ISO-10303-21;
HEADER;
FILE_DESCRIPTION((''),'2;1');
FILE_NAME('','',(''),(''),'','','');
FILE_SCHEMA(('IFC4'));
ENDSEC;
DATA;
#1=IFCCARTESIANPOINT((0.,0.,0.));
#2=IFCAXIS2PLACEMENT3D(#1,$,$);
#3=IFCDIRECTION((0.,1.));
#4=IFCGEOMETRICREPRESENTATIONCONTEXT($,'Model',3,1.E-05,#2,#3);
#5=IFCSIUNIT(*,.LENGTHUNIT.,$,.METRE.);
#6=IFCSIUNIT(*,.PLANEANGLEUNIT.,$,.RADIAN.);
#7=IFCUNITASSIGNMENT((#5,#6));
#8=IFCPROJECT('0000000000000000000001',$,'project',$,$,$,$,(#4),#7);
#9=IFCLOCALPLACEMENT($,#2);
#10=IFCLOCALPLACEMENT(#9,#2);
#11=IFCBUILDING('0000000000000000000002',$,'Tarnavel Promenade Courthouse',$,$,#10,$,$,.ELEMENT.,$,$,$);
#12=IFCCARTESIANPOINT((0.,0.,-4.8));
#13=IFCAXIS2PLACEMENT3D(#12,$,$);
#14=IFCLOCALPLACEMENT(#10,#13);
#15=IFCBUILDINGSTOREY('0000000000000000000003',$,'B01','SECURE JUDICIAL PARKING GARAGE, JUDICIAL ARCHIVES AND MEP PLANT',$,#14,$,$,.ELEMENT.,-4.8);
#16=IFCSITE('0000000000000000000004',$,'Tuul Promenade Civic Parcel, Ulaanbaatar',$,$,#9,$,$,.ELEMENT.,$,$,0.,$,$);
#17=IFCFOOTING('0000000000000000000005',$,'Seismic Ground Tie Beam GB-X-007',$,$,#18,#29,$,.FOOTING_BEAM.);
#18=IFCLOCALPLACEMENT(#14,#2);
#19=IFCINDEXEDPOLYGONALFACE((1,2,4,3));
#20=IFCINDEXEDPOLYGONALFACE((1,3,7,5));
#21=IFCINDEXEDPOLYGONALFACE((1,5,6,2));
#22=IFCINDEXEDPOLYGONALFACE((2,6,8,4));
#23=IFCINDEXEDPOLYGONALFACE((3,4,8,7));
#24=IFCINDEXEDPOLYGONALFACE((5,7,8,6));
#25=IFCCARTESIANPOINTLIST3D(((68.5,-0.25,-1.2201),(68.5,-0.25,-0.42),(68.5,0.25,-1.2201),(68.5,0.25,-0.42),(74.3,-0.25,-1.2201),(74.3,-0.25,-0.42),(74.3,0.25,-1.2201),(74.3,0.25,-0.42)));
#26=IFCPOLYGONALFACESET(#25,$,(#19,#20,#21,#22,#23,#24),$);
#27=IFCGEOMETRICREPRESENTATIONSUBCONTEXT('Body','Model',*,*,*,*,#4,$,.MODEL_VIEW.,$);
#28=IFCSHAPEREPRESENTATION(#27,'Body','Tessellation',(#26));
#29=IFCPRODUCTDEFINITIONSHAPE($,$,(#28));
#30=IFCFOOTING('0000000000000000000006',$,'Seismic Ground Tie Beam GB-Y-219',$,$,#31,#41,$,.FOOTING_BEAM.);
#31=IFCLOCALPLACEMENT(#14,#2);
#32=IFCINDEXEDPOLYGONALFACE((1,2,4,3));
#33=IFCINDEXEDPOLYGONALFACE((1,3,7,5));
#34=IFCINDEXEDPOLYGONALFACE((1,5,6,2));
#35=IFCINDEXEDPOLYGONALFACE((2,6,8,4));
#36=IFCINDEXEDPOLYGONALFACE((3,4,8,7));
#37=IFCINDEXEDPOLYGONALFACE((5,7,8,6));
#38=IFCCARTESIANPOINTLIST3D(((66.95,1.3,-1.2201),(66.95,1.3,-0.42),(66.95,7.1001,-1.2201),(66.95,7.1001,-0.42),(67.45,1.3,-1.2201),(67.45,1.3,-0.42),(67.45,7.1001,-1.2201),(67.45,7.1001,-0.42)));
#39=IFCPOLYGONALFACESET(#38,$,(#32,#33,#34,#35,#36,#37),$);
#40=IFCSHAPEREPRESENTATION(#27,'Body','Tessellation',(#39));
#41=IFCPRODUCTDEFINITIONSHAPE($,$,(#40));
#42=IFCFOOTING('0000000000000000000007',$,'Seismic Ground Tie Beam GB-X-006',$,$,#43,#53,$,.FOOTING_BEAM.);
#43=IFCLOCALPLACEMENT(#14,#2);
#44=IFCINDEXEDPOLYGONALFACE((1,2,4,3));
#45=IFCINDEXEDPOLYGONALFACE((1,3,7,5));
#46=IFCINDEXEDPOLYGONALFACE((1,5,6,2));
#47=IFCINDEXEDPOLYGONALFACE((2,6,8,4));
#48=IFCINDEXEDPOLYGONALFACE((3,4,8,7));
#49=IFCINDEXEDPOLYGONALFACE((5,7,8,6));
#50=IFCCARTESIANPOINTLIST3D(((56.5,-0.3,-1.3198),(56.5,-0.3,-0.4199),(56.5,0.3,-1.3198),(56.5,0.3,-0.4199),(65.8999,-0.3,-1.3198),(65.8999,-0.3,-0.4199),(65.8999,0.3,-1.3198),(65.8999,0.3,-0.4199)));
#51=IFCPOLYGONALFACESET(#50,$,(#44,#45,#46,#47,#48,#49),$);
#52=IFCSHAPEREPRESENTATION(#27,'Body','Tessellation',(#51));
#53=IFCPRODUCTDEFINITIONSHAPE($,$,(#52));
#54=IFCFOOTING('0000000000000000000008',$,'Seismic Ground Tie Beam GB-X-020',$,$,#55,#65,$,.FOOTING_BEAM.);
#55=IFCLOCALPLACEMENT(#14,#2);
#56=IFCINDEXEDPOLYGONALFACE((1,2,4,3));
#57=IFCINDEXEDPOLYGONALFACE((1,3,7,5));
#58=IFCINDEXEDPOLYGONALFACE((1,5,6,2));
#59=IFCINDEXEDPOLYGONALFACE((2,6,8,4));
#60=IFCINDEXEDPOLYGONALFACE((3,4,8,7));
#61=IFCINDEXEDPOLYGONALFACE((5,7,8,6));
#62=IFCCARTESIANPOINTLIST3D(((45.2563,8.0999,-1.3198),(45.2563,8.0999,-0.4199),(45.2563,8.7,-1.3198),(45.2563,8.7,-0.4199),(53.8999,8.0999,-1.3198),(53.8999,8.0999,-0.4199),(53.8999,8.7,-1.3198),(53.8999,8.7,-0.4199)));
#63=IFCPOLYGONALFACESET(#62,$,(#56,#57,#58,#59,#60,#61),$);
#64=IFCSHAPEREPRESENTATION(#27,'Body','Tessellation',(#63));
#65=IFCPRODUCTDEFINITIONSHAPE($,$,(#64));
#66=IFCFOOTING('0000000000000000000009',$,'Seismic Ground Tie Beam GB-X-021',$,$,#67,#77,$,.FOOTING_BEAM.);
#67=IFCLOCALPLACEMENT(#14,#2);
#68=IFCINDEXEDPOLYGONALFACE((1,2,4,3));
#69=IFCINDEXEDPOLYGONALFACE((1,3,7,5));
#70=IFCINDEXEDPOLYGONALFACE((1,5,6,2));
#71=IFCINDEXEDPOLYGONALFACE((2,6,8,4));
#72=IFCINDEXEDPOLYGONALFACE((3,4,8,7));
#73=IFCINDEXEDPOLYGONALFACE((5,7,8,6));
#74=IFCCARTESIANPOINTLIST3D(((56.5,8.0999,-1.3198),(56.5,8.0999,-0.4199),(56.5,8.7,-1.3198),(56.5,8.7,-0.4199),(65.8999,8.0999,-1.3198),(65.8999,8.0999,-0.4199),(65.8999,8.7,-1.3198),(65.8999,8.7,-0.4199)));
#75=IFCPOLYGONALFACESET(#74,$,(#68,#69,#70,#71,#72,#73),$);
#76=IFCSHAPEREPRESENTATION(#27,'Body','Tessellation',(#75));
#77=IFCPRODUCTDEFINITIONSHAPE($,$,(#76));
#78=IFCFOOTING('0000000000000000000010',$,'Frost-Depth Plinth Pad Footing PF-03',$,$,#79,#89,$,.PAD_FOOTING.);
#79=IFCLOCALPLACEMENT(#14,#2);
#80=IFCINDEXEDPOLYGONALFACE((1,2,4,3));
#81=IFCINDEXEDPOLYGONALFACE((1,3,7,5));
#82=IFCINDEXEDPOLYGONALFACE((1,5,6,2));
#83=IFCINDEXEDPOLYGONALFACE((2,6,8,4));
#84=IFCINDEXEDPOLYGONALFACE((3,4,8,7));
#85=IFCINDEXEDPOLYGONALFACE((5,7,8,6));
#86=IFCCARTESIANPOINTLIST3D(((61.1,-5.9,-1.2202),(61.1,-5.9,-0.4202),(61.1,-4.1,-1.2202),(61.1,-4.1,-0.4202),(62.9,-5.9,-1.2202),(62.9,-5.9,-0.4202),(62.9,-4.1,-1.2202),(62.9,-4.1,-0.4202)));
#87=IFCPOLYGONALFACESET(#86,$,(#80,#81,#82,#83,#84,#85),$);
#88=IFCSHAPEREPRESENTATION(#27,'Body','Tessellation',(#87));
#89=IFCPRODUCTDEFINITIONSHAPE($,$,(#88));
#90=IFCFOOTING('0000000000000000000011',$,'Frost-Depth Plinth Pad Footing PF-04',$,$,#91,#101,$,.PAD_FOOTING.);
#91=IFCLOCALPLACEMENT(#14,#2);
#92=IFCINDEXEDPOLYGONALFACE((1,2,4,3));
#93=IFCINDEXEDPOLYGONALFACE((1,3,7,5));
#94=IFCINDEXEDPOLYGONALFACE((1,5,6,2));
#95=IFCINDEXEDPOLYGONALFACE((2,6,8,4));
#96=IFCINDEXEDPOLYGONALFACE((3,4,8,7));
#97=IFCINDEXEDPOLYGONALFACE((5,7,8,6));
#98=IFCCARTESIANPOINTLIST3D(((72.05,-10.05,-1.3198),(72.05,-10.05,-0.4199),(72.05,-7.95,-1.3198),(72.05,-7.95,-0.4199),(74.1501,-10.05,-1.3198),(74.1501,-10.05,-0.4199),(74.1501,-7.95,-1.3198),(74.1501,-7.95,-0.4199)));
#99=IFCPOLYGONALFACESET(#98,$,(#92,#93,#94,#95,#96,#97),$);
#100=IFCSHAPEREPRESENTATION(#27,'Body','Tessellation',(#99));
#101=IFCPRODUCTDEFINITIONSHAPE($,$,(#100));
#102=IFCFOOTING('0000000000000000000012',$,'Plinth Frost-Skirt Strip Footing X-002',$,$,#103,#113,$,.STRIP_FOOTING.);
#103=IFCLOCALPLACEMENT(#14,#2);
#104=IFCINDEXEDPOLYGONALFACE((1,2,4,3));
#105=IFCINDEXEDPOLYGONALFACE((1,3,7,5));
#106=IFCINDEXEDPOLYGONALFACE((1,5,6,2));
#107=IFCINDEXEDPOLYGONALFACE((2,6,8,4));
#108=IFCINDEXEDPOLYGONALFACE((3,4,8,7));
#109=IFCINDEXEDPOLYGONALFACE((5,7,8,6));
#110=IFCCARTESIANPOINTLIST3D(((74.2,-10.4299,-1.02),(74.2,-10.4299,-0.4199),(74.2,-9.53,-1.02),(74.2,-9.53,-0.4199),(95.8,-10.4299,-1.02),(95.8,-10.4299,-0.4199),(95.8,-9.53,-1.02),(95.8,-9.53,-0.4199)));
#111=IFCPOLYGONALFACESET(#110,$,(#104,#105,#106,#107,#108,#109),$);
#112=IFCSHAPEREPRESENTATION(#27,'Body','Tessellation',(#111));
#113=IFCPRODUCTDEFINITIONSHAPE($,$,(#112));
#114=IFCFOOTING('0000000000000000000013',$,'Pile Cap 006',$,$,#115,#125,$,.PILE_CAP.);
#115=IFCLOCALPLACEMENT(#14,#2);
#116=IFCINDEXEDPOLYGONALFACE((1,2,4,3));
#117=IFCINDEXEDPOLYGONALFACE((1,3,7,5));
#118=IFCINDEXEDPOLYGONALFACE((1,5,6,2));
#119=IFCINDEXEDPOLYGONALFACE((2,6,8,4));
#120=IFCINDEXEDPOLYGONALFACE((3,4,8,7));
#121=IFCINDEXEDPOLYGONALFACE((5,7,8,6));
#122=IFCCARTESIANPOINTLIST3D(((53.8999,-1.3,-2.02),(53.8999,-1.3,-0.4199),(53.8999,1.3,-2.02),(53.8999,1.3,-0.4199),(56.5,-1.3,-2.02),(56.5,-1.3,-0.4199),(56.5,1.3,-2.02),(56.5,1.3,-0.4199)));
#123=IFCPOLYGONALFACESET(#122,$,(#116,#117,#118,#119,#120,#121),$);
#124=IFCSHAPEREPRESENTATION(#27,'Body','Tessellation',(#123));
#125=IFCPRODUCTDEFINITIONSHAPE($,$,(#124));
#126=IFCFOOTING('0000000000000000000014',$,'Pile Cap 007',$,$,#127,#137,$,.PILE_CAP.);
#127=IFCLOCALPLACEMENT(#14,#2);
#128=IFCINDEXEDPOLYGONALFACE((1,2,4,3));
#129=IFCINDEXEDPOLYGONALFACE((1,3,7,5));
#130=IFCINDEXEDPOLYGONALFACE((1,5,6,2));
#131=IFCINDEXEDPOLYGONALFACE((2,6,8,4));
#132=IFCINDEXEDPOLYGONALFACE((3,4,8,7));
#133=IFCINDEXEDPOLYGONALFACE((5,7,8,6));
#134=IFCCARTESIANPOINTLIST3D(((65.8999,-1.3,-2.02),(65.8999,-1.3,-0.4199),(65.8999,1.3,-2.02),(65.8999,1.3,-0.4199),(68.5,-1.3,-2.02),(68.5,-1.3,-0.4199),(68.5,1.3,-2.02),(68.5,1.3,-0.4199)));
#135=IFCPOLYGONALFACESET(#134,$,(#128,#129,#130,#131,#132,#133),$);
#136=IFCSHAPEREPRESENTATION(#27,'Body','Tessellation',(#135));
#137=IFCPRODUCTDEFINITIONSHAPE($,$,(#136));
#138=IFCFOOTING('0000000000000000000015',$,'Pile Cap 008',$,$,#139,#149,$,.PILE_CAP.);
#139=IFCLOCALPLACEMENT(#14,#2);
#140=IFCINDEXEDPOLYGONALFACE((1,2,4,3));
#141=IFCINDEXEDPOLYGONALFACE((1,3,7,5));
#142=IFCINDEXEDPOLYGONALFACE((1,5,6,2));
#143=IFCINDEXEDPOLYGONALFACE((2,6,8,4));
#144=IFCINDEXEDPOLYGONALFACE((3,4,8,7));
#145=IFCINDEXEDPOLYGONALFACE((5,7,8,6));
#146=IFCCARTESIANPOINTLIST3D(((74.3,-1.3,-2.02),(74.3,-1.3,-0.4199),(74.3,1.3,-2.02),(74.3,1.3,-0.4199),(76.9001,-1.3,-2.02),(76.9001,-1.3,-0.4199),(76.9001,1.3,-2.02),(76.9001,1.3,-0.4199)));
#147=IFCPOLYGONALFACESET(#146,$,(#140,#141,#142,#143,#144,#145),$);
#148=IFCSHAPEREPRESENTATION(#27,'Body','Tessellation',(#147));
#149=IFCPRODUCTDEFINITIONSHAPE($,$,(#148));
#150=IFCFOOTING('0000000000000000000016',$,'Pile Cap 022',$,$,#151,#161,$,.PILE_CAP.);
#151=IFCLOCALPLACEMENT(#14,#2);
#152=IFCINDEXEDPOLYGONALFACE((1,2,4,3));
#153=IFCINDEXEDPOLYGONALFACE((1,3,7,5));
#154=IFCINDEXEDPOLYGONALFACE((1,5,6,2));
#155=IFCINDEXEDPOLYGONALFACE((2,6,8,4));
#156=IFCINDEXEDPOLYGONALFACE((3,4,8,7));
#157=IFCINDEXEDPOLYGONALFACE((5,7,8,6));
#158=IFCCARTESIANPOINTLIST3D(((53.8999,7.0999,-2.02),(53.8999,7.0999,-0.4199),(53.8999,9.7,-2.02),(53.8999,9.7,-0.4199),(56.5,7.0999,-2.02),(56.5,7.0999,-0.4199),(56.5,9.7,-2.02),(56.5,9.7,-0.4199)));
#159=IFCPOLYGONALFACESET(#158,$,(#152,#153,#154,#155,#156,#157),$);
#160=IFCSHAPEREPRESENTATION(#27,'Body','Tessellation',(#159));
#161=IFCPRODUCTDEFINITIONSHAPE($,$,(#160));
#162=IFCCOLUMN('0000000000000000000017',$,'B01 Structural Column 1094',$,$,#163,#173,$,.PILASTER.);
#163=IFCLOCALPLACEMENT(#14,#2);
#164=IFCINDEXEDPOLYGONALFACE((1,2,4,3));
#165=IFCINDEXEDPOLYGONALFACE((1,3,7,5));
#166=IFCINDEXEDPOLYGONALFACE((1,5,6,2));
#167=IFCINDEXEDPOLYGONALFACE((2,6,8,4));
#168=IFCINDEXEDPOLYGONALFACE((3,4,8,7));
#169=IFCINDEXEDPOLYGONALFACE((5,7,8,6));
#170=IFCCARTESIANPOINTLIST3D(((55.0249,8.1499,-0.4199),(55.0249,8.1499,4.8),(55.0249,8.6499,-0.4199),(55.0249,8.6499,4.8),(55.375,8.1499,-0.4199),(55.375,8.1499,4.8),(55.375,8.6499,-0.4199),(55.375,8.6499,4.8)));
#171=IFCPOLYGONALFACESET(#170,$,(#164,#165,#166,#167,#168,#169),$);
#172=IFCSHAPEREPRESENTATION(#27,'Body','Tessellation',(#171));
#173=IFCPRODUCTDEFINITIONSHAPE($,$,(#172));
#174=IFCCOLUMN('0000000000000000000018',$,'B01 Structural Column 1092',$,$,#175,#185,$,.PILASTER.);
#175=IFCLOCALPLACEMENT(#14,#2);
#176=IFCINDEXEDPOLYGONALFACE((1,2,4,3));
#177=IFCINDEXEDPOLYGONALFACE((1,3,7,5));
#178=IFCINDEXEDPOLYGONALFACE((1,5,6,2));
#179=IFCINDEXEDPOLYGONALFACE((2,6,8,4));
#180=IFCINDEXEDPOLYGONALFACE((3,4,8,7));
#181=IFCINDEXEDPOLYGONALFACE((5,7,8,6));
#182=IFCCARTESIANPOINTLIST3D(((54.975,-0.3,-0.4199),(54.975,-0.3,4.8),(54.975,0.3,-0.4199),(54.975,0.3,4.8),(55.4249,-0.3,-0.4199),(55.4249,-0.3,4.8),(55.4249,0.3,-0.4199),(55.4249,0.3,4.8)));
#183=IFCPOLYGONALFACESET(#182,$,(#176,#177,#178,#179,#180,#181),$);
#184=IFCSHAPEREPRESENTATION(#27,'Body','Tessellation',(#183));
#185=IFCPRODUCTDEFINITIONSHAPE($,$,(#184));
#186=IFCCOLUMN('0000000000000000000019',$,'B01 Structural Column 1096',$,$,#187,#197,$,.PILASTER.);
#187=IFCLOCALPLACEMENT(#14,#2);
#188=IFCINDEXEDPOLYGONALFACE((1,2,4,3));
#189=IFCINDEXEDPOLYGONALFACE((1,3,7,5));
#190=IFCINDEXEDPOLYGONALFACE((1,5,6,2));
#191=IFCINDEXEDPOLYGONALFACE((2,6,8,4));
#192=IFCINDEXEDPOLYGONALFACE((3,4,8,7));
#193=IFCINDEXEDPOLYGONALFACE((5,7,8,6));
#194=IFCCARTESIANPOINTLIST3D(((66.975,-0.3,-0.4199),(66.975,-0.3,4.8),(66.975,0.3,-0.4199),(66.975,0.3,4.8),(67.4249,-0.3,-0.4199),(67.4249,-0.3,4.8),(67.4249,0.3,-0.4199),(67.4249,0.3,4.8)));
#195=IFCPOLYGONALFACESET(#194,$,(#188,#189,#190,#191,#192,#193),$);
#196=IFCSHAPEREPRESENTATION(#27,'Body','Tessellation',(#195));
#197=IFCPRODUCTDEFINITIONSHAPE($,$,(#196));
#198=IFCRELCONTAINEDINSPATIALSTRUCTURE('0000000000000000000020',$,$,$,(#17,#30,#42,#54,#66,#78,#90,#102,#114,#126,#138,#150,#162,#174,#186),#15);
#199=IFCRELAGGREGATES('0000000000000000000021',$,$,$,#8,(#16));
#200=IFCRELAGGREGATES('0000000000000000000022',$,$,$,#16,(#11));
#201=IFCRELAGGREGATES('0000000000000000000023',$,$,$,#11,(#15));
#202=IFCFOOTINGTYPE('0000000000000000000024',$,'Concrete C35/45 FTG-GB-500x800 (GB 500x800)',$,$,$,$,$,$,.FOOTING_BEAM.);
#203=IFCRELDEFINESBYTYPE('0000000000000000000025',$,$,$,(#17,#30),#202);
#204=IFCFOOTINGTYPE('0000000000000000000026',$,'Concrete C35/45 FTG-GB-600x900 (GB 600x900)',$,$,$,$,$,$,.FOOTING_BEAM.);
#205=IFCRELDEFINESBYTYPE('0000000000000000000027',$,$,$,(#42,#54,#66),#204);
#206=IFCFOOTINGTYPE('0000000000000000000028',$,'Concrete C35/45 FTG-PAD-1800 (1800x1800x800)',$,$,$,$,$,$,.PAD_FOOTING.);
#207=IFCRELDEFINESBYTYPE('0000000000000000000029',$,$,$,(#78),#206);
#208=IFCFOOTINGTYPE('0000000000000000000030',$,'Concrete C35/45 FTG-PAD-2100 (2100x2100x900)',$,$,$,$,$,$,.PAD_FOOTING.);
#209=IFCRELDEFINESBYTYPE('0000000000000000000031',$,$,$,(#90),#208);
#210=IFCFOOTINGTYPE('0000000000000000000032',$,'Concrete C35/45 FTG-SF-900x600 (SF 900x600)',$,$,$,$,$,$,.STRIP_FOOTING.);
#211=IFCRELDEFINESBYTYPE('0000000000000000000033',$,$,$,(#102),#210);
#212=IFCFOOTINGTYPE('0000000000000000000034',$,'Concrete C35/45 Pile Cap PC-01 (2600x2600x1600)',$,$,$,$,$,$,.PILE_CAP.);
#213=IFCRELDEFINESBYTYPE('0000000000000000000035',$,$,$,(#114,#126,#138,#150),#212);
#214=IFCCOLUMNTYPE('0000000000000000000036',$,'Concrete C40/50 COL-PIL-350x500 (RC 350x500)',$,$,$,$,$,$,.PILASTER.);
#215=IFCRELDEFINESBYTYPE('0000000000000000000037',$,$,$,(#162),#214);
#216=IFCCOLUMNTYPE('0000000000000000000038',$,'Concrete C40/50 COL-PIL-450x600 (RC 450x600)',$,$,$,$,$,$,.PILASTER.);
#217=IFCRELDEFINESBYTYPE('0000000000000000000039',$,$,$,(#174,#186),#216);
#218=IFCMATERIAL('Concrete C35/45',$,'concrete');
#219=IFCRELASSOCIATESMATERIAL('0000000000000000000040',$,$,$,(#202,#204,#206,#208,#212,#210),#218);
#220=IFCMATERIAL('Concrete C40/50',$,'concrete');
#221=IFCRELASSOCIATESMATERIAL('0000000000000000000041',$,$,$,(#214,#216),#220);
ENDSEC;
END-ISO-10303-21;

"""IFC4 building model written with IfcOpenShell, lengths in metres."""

from ifc_helpers import new_model, si_unit, direction, frame, origin, origin_2d, place, context, subcontext, project, spatial, rectangle, extrude, material, material_profile, profile_set, type_object, element, save


model = new_model("IFC4")

# Units and contexts
model_context = context("Model", 3, precision=1e-05, world=origin(), true_north=direction((0.0, 1.0)))
body_context = subcontext(model_context, "Body", "Model", "MODEL_VIEW")
ifc_project = project(units=[si_unit("LENGTHUNIT", "METRE"), si_unit("PLANEANGLEUNIT", "RADIAN")], contexts=[model_context])

# Site, building, storey
site_placement = place(None, origin())
site = spatial("IfcSite", under=ifc_project, at=site_placement, Name="Tuul Promenade Civic Parcel, Ulaanbaatar", CompositionType="ELEMENT", RefElevation=0.0)
building_placement = place(site_placement, origin())
building = spatial("IfcBuilding", under=site, at=building_placement, Name="Tarnavel Promenade Courthouse", CompositionType="ELEMENT")
storey_placement = place(building_placement, frame((0.0, 0.0, -4.8)))
storey = spatial("IfcBuildingStorey", under=building, at=storey_placement, Name="B01", Description="SECURE JUDICIAL PARKING GARAGE, JUDICIAL ARCHIVES AND MEP PLANT", CompositionType="ELEMENT", Elevation=-4.8)

# Footings
ifc_material_1 = material(Name="Concrete C35/45", Category="concrete")
ifc_material_profile_1 = material_profile(ifc_material_1, rectangle(XDim=0.5, YDim=0.8, at=origin_2d()), Name="GB 500x800")
ifc_profile_set_1 = profile_set([ifc_material_profile_1], Name="Concrete C35/45")
footing_type_1 = type_object("IfcFootingType", Name="Concrete C35/45 FTG-GB-500x800 (GB 500x800)", PredefinedType="FOOTING_BEAM", material=ifc_profile_set_1)
for number, where, z_axis, x_axis, name in (
    (1, (68.5, 0.0, -0.8201), (1.0, 0.0, 0.0), (0.0, 1.0, 0.0), "Seismic Ground Tie Beam GB-X-007"),
    (2, (67.2, 1.3, -0.8201), (0.0, 1.0, 0.0), (-1.0, 0.0, 0.0), "Seismic Ground Tie Beam GB-Y-219"),
):
    element("IfcFooting", number, at=place(storey_placement, frame(where, z_axis=z_axis, x_axis=x_axis)), inside=storey, type_object=footing_type_1, Name=name, PredefinedType="FOOTING_BEAM", context=body_context, shape_type="SweptSolid", body=[
        extrude(rectangle(XDim=0.5, YDim=0.8, at=origin_2d()), origin(), (0.0, 0.0, 1.0), 5.8),
    ])
ifc_material_profile_2 = material_profile(ifc_material_1, rectangle(XDim=0.6001, YDim=0.8999, at=origin_2d()), Name="GB 600x900")
ifc_profile_set_2 = profile_set([ifc_material_profile_2], Name="Concrete C35/45")
footing_type_2 = type_object("IfcFootingType", Name="Concrete C35/45 FTG-GB-600x900 (GB 600x900)", PredefinedType="FOOTING_BEAM", material=ifc_profile_set_2)
footing_1_placement = place(storey_placement, frame((56.5, 0.0, -0.8699), z_axis=(1.0, 0.0, 0.0), x_axis=(0.0, 1.0, 0.0)))
element("IfcFooting", 3, at=footing_1_placement, inside=storey, type_object=footing_type_2, Name="Seismic Ground Tie Beam GB-X-006", PredefinedType="FOOTING_BEAM", context=body_context, shape_type="SweptSolid", body=[
    extrude(rectangle(XDim=0.6001, YDim=0.8999, at=origin_2d()), origin(), (0.0, 0.0, 1.0), 9.3999),
])
footing_2_placement = place(storey_placement, frame((45.2563, 8.3999, -0.8699), z_axis=(1.0, 0.0, 0.0), x_axis=(0.0, 1.0, 0.0)))
element("IfcFooting", 4, at=footing_2_placement, inside=storey, type_object=footing_type_2, Name="Seismic Ground Tie Beam GB-X-020", PredefinedType="FOOTING_BEAM", context=body_context, shape_type="SweptSolid", body=[
    extrude(rectangle(XDim=0.6001, YDim=0.8999, at=origin_2d()), origin(), (0.0, 0.0, 1.0), 8.6436),
])
footing_3_placement = place(storey_placement, frame((56.5, 8.3999, -0.8699), z_axis=(1.0, 0.0, 0.0), x_axis=(0.0, 1.0, 0.0)))
element("IfcFooting", 5, at=footing_3_placement, inside=storey, type_object=footing_type_2, Name="Seismic Ground Tie Beam GB-X-021", PredefinedType="FOOTING_BEAM", context=body_context, shape_type="SweptSolid", body=[
    extrude(rectangle(XDim=0.6001, YDim=0.8999, at=origin_2d()), origin(), (0.0, 0.0, 1.0), 9.3999),
])
footing_type_3 = type_object("IfcFootingType", Name="Concrete C35/45 FTG-PAD-1800 (1800x1800x800)", PredefinedType="PAD_FOOTING", material=ifc_material_1)
footing_4_placement = place(storey_placement, frame((62.0, -5.0, -1.2202), z_axis=(0.0, 0.0, 1.0), x_axis=(1.0, 0.0, 0.0)))
element("IfcFooting", 6, at=footing_4_placement, inside=storey, type_object=footing_type_3, Name="Frost-Depth Plinth Pad Footing PF-03", PredefinedType="PAD_FOOTING", context=body_context, shape_type="SweptSolid", body=[
    extrude(rectangle(XDim=1.8, YDim=1.8, at=origin_2d()), origin(), (0.0, 0.0, 1.0), 0.8),
])
footing_type_4 = type_object("IfcFootingType", Name="Concrete C35/45 FTG-PAD-2100 (2100x2100x900)", PredefinedType="PAD_FOOTING", material=ifc_material_1)
footing_5_placement = place(storey_placement, frame((73.1001, -9.0, -1.3198), z_axis=(0.0, 0.0, 1.0), x_axis=(1.0, 0.0, 0.0)))
element("IfcFooting", 7, at=footing_5_placement, inside=storey, type_object=footing_type_4, Name="Frost-Depth Plinth Pad Footing PF-04", PredefinedType="PAD_FOOTING", context=body_context, shape_type="SweptSolid", body=[
    extrude(rectangle(XDim=2.1001, YDim=2.1001, at=origin_2d()), origin(), (0.0, 0.0, 1.0), 0.8999),
])
ifc_material_profile_3 = material_profile(ifc_material_1, rectangle(XDim=0.8999, YDim=0.6001, at=origin_2d()), Name="SF 900x600")
ifc_profile_set_3 = profile_set([ifc_material_profile_3], Name="Concrete C35/45")
footing_type_5 = type_object("IfcFootingType", Name="Concrete C35/45 FTG-SF-900x600 (SF 900x600)", PredefinedType="STRIP_FOOTING", material=ifc_profile_set_3)
footing_6_placement = place(storey_placement, frame((74.2, -9.98, -0.72), z_axis=(1.0, 0.0, 0.0), x_axis=(0.0, 1.0, 0.0)))
element("IfcFooting", 8, at=footing_6_placement, inside=storey, type_object=footing_type_5, Name="Plinth Frost-Skirt Strip Footing X-002", PredefinedType="STRIP_FOOTING", context=body_context, shape_type="SweptSolid", body=[
    extrude(rectangle(XDim=0.8999, YDim=0.6001, at=origin_2d()), origin(), (0.0, 0.0, 1.0), 21.6001),
])
footing_type_6 = type_object("IfcFootingType", Name="Concrete C35/45 Pile Cap PC-01 (2600x2600x1600)", PredefinedType="PILE_CAP", material=ifc_material_1)
for number, where, z_axis, x_axis, name in (
    (9, (55.2, 0.0, -2.02), (0.0, 0.0, 1.0), (1.0, 0.0, 0.0), "Pile Cap 006"),
    (10, (67.2, 0.0, -2.02), (0.0, 0.0, 1.0), (1.0, 0.0, 0.0), "Pile Cap 007"),
    (11, (75.6001, 0.0, -2.02), (0.0, 0.0, 1.0), (1.0, 0.0, 0.0), "Pile Cap 008"),
    (12, (55.2, 8.3999, -2.02), (0.0, 0.0, 1.0), (1.0, 0.0, 0.0), "Pile Cap 022"),
):
    element("IfcFooting", number, at=place(storey_placement, frame(where, z_axis=z_axis, x_axis=x_axis)), inside=storey, type_object=footing_type_6, Name=name, PredefinedType="PILE_CAP", context=body_context, shape_type="SweptSolid", body=[
        extrude(rectangle(XDim=2.6001, YDim=2.6001, at=origin_2d()), origin(), (0.0, 0.0, 1.0), 1.6001),
    ])

# Columns
ifc_material_2 = material(Name="Concrete C40/50", Category="concrete")
ifc_material_profile_4 = material_profile(ifc_material_2, rectangle(XDim=0.3501, YDim=0.5, at=origin_2d()), Name="RC 350x500")
ifc_profile_set_4 = profile_set([ifc_material_profile_4], Name="Concrete C40/50")
column_type_1 = type_object("IfcColumnType", Name="Concrete C40/50 COL-PIL-350x500 (RC 350x500)", PredefinedType="PILASTER", material=ifc_profile_set_4)
column_placement = place(storey_placement, frame((55.2, 8.3999, -0.4199), z_axis=(0.0, 0.0, 1.0), x_axis=(1.0, 0.0, 0.0)))
element("IfcColumn", 13, at=column_placement, inside=storey, type_object=column_type_1, Name="B01 Structural Column 1094", PredefinedType="PILASTER", context=body_context, shape_type="SweptSolid", body=[
    extrude(rectangle(XDim=0.3501, YDim=0.5, at=origin_2d()), origin(), (0.0, 0.0, 1.0), 5.22),
])
ifc_material_profile_5 = material_profile(ifc_material_2, rectangle(XDim=0.45, YDim=0.6001, at=origin_2d()), Name="RC 450x600")
ifc_profile_set_5 = profile_set([ifc_material_profile_5], Name="Concrete C40/50")
column_type_2 = type_object("IfcColumnType", Name="Concrete C40/50 COL-PIL-450x600 (RC 450x600)", PredefinedType="PILASTER", material=ifc_profile_set_5)
for number, where, z_axis, x_axis, name in (
    (14, (55.2, 0.0, -0.4199), (0.0, 0.0, 1.0), (1.0, 0.0, 0.0), "B01 Structural Column 1092"),
    (15, (67.2, 0.0, -0.4199), (0.0, 0.0, 1.0), (1.0, 0.0, 0.0), "B01 Structural Column 1096"),
):
    element("IfcColumn", number, at=place(storey_placement, frame(where, z_axis=z_axis, x_axis=x_axis)), inside=storey, type_object=column_type_2, Name=name, PredefinedType="PILASTER", context=body_context, shape_type="SweptSolid", body=[
        extrude(rectangle(XDim=0.45, YDim=0.6001, at=origin_2d()), origin(), (0.0, 0.0, 1.0), 5.22),
    ])

save(model, "model.ifc")
